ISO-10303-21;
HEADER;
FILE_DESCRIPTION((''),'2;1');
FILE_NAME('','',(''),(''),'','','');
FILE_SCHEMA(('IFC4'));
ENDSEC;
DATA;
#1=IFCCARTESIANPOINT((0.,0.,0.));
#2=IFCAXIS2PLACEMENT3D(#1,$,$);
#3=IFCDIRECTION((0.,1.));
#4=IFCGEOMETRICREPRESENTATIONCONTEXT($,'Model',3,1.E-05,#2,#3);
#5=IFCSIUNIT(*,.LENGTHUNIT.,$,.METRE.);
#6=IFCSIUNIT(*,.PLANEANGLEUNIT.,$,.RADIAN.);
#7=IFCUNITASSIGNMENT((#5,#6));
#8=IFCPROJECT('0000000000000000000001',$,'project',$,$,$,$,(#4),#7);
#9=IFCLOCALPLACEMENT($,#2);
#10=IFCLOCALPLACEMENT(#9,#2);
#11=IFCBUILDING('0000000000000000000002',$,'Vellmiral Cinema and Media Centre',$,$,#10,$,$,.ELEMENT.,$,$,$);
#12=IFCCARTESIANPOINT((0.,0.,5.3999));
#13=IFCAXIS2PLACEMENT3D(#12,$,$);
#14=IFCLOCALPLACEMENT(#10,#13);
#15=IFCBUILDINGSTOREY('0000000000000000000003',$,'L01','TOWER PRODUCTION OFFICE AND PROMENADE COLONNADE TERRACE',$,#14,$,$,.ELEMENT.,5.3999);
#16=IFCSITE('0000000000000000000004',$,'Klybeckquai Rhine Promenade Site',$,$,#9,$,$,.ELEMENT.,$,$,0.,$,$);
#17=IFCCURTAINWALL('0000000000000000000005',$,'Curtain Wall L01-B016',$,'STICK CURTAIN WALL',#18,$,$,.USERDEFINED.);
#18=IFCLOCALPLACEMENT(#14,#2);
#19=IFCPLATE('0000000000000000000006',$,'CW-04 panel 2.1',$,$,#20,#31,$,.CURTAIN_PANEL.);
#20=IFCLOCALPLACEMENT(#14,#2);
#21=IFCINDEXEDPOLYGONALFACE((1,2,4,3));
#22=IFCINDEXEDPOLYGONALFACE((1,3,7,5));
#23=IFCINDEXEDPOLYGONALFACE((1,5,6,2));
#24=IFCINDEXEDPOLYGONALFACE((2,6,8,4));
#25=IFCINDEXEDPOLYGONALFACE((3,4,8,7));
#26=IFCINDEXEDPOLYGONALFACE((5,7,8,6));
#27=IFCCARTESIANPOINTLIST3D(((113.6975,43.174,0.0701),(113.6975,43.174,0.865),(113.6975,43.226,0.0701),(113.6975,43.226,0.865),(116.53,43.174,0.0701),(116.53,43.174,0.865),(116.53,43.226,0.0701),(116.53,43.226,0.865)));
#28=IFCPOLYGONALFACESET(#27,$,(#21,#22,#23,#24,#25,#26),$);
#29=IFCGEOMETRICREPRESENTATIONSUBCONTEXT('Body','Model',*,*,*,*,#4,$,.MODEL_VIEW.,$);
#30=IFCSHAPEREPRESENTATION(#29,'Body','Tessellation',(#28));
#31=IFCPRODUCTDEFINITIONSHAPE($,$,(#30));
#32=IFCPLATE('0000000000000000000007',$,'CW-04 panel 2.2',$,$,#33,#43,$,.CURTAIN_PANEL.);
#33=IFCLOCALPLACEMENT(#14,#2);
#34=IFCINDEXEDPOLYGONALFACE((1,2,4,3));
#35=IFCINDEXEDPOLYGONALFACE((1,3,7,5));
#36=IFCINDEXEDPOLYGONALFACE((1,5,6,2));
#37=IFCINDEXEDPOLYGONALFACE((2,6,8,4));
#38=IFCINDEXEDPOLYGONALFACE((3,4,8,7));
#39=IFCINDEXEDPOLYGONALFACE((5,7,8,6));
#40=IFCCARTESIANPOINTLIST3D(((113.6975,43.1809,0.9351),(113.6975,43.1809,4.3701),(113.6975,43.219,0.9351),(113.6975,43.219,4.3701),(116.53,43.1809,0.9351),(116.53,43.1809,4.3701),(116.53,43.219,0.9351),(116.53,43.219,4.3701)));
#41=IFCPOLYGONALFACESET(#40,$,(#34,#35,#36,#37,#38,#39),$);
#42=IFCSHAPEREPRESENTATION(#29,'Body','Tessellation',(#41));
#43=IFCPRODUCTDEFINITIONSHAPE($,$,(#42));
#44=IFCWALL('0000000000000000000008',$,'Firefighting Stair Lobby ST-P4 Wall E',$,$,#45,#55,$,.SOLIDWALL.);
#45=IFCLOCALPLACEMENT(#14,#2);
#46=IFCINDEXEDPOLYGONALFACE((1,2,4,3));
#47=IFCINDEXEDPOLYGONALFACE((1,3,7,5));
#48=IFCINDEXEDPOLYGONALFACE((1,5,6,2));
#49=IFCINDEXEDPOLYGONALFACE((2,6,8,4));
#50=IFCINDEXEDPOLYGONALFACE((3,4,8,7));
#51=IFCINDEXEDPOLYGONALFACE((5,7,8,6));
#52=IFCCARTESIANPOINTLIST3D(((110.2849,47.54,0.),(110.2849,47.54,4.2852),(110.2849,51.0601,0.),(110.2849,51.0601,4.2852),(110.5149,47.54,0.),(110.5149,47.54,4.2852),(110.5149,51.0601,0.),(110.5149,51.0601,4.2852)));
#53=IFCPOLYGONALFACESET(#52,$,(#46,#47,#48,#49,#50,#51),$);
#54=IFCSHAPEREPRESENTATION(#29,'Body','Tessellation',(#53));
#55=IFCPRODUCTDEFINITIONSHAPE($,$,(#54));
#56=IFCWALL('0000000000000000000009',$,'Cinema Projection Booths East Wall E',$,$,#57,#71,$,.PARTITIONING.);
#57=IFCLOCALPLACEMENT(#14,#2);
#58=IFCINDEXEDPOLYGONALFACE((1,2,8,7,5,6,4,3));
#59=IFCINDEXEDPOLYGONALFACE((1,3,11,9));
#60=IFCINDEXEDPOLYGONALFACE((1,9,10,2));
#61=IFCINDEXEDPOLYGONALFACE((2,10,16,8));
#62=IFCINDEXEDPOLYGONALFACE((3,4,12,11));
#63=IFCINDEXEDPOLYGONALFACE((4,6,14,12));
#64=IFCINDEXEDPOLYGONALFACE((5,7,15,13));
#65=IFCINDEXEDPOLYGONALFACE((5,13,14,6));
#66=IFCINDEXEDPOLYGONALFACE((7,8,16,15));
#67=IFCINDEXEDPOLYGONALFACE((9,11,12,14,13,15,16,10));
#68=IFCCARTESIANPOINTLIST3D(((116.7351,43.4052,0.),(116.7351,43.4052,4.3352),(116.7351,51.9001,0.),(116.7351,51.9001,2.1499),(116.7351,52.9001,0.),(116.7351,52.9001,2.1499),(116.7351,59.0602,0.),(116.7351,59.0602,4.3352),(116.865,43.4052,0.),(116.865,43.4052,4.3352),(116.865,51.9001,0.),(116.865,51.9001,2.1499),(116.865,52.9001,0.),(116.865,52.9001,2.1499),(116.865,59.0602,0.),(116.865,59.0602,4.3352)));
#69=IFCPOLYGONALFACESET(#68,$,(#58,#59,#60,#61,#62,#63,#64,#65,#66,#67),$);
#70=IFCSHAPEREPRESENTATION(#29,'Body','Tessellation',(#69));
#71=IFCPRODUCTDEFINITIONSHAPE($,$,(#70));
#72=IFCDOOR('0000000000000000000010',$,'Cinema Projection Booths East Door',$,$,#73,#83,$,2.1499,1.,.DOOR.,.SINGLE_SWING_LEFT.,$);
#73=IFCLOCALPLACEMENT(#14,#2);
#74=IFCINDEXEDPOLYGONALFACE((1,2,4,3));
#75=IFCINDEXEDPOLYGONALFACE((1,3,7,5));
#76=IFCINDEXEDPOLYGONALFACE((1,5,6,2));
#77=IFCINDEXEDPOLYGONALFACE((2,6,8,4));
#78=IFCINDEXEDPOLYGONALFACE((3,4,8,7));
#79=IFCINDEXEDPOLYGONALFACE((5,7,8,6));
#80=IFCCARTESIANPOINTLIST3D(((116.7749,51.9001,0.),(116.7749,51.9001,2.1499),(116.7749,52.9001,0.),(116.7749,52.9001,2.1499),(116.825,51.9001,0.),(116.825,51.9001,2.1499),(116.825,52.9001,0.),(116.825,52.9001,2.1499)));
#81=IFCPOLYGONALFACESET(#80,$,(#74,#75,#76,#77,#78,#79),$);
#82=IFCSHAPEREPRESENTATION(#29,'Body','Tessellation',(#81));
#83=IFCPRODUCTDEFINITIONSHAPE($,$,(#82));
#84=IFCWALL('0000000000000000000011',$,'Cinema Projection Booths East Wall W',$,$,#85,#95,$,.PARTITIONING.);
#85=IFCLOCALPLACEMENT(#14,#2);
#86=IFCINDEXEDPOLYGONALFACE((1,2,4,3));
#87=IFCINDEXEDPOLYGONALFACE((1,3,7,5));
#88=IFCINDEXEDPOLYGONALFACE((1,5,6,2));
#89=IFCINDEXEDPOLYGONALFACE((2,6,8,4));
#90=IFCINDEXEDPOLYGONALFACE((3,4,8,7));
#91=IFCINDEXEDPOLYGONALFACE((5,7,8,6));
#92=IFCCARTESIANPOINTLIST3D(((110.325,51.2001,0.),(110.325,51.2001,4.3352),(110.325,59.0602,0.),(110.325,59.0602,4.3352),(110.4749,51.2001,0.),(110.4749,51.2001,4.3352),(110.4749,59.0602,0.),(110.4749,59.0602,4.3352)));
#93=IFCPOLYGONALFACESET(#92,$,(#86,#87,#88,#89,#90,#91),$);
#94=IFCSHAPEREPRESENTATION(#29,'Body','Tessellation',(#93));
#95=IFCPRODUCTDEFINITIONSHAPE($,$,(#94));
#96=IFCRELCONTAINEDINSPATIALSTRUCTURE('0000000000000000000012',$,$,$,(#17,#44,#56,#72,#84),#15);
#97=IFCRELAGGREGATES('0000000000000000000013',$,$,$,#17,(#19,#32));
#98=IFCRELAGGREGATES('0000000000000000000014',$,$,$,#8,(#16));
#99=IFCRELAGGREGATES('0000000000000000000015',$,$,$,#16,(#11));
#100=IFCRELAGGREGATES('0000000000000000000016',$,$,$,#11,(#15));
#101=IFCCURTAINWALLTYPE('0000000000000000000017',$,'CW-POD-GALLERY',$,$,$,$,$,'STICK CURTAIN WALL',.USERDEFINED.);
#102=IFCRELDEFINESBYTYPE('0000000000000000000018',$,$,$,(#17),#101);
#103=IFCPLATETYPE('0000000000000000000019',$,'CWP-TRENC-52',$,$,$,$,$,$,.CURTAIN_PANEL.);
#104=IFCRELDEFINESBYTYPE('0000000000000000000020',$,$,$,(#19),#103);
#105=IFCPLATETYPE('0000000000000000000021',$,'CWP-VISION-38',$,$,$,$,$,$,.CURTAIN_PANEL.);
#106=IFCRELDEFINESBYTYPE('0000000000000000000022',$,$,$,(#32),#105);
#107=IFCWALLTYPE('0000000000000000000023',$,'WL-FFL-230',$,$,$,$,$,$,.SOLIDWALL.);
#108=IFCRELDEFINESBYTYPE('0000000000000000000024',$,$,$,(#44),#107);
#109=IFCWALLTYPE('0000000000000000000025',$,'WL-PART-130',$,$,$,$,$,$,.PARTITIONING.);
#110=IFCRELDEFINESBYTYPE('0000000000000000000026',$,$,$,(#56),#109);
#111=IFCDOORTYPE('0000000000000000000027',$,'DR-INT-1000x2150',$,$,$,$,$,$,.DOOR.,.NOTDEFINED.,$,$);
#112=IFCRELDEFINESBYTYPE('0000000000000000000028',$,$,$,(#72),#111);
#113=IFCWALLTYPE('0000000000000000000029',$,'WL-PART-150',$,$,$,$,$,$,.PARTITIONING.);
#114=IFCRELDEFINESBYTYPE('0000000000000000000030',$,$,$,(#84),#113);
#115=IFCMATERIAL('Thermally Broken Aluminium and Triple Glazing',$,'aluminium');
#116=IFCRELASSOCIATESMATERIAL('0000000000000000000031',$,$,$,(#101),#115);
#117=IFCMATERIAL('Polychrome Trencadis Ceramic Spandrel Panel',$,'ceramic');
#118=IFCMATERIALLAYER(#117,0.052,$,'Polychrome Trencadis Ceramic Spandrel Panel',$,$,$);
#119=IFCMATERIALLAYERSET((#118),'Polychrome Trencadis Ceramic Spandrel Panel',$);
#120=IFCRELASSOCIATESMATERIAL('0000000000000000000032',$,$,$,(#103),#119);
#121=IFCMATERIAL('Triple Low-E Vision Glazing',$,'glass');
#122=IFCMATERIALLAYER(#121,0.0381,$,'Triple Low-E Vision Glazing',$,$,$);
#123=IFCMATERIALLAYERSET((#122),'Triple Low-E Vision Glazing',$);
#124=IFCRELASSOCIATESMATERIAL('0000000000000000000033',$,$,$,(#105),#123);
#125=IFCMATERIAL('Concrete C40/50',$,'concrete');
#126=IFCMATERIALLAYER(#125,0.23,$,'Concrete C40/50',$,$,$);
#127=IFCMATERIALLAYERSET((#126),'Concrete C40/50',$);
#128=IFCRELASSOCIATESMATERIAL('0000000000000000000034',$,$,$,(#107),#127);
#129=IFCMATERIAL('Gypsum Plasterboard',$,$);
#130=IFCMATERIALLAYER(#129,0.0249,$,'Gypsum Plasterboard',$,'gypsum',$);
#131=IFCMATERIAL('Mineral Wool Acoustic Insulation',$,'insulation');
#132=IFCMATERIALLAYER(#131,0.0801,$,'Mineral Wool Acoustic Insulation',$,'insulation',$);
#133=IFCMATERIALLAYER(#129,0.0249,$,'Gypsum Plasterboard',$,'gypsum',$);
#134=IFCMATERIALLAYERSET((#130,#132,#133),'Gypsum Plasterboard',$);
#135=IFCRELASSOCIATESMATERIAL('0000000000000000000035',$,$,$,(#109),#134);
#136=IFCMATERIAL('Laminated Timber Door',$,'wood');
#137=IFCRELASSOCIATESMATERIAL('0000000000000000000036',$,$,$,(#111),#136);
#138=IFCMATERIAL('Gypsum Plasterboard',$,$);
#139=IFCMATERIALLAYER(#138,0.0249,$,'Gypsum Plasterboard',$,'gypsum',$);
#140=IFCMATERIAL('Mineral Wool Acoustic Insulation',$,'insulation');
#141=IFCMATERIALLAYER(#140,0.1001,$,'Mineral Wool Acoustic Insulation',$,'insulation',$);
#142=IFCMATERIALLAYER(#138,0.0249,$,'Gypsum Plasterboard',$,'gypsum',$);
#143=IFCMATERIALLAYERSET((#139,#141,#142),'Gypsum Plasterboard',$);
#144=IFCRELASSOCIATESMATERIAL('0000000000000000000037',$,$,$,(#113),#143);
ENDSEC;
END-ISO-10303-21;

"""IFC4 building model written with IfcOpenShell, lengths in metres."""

from ifc_helpers import new_model, si_unit, direction, frame, frame_2d, origin, origin_2d, place, context, subcontext, project, spatial, rectangle, extrude, material, layer, layer_set, type_object, element, fill, aggregate, save


model = new_model("IFC4")

# Units and contexts
model_context = context("Model", 3, precision=1e-05, world=origin(), true_north=direction((0.0, 1.0)))
body_context = subcontext(model_context, "Body", "Model", "MODEL_VIEW")
ifc_project = project(units=[si_unit("LENGTHUNIT", "METRE"), si_unit("PLANEANGLEUNIT", "RADIAN")], contexts=[model_context])

# Site, building, storey
site_placement = place(None, origin())
site = spatial("IfcSite", under=ifc_project, at=site_placement, Name="Klybeckquai Rhine Promenade Site", CompositionType="ELEMENT", RefElevation=0.0)
building_placement = place(site_placement, origin())
building = spatial("IfcBuilding", under=site, at=building_placement, Name="Vellmiral Cinema and Media Centre", CompositionType="ELEMENT")
storey_placement = place(building_placement, frame((0.0, 0.0, 5.3999)))
storey = spatial("IfcBuildingStorey", under=building, at=storey_placement, Name="L01", Description="TOWER PRODUCTION OFFICE AND PROMENADE COLONNADE TERRACE", CompositionType="ELEMENT", Elevation=5.3999)

# Curtain wall, plates
ifc_material_1 = material(Name="Thermally Broken Aluminium and Triple Glazing", Category="aluminium")
curtain_wall_type = type_object("IfcCurtainWallType", Name="CW-POD-GALLERY", ElementType="STICK CURTAIN WALL", PredefinedType="USERDEFINED", material=ifc_material_1)
curtain_wall_placement = place(storey_placement, origin())
curtain_wall = element("IfcCurtainWall", 1, at=curtain_wall_placement, inside=storey, type_object=curtain_wall_type, Name="Curtain Wall L01-B016", ObjectType="STICK CURTAIN WALL", PredefinedType="USERDEFINED")
ifc_material_2 = material(Name="Polychrome Trencadis Ceramic Spandrel Panel", Category="ceramic")
ifc_layer_1 = layer(ifc_material_2, 0.052, Name="Polychrome Trencadis Ceramic Spandrel Panel")
ifc_layer_set_1 = layer_set([ifc_layer_1], Name="Polychrome Trencadis Ceramic Spandrel Panel")
plate_type_1 = type_object("IfcPlateType", Name="CWP-TRENC-52", PredefinedType="CURTAIN_PANEL", material=ifc_layer_set_1)
plate_1_placement = place(storey_placement, frame((115.1138, 43.2, 0.0701), z_axis=(0.0, 0.0, 1.0), x_axis=(1.0, 0.0, 0.0)))
plate_1 = element("IfcPlate", 2, at=plate_1_placement, type_object=plate_type_1, Name="CW-04 panel 2.1", PredefinedType="CURTAIN_PANEL", context=body_context, shape_type="SweptSolid", body=[
    extrude(rectangle(XDim=2.8325, YDim=0.052, at=origin_2d()), origin(), (0.0, 0.0, 1.0), 0.7949),
])
ifc_material_3 = material(Name="Triple Low-E Vision Glazing", Category="glass")
ifc_layer_2 = layer(ifc_material_3, 0.0381, Name="Triple Low-E Vision Glazing")
ifc_layer_set_2 = layer_set([ifc_layer_2], Name="Triple Low-E Vision Glazing")
plate_type_2 = type_object("IfcPlateType", Name="CWP-VISION-38", PredefinedType="CURTAIN_PANEL", material=ifc_layer_set_2)
plate_2_placement = place(storey_placement, frame((115.1138, 43.2, 0.9351), z_axis=(0.0, 0.0, 1.0), x_axis=(1.0, 0.0, 0.0)))
plate_2 = element("IfcPlate", 3, at=plate_2_placement, type_object=plate_type_2, Name="CW-04 panel 2.2", PredefinedType="CURTAIN_PANEL", context=body_context, shape_type="SweptSolid", body=[
    extrude(rectangle(XDim=2.8325, YDim=0.0381, at=origin_2d()), origin(), (0.0, 0.0, 1.0), 3.4351),
])
aggregate(curtain_wall, [plate_1, plate_2])

# Wall
ifc_material_4 = material(Name="Concrete C40/50", Category="concrete")
ifc_layer_3 = layer(ifc_material_4, 0.23, Name="Concrete C40/50")
ifc_layer_set_3 = layer_set([ifc_layer_3], Name="Concrete C40/50")
wall_type_1 = type_object("IfcWallType", Name="WL-FFL-230", PredefinedType="SOLIDWALL", material=ifc_layer_set_3)
wall_1_placement = place(storey_placement, frame((110.3999, 47.54, 0.0), z_axis=(0.0, 0.0, 1.0), x_axis=(0.0, 1.0, 0.0)))
element("IfcWall", 4, at=wall_1_placement, inside=storey, type_object=wall_type_1, Name="Firefighting Stair Lobby ST-P4 Wall E", PredefinedType="SOLIDWALL", context=body_context, shape_type="SweptSolid", body=[
    extrude(rectangle(XDim=3.52, YDim=0.23, at=frame_2d((1.76, 0.0))), origin(), (0.0, 0.0, 1.0), 4.2852),
])

# Wall, opening, door
ifc_material_5 = material(Name="Gypsum Plasterboard")
ifc_layer_4 = layer(ifc_material_5, 0.0249, Name="Gypsum Plasterboard", Category="gypsum")
ifc_material_6 = material(Name="Mineral Wool Acoustic Insulation", Category="insulation")
ifc_layer_5 = layer(ifc_material_6, 0.0801, Name="Mineral Wool Acoustic Insulation", Category="insulation")
ifc_layer_6 = layer(ifc_material_5, 0.0249, Name="Gypsum Plasterboard", Category="gypsum")
ifc_layer_set_4 = layer_set([ifc_layer_4, ifc_layer_5, ifc_layer_6], Name="Gypsum Plasterboard")
wall_type_2 = type_object("IfcWallType", Name="WL-PART-130", PredefinedType="PARTITIONING", material=ifc_layer_set_4)
wall_2_placement = place(storey_placement, frame((116.8, 43.405, 0.0), z_axis=(0.0, 0.0, 1.0), x_axis=(0.0, 1.0, 0.0)))
wall_2 = element("IfcWall", 5, at=wall_2_placement, inside=storey, type_object=wall_type_2, Name="Cinema Projection Booths East Wall E", PredefinedType="PARTITIONING", context=body_context, shape_type="SweptSolid", body=[
    extrude(rectangle(XDim=15.655, YDim=0.1299, at=frame_2d((7.8276, 0.0))), origin(), (0.0, 0.0, 1.0), 4.3352),
])
opening_placement = place(wall_2_placement, frame((8.4951, 0.0, 0.0)))
opening = element("IfcOpeningElement", 6, at=opening_placement, cuts=wall_2, PredefinedType="OPENING", context=body_context, shape_type="SweptSolid", body=[
    extrude(rectangle(XDim=1.0, YDim=2.1499, at=frame_2d((0.5, 1.075))), frame((0.0, 0.0769, 0.0), z_axis=(0.0, -1.0, 0.0), x_axis=(1.0, 0.0, 0.0)), (0.0, 0.0, 1.0), 0.1538),
])
ifc_material_7 = material(Name="Laminated Timber Door", Category="wood")
door_type = type_object("IfcDoorType", Name="DR-INT-1000x2150", OperationType="NOTDEFINED", PredefinedType="DOOR", material=ifc_material_7)
door_placement = place(opening_placement, frame((1.0, 0.0, 0.0), z_axis=(0.0, 0.0, 1.0), x_axis=(-1.0, 0.0, 0.0)))
door = element("IfcDoor", 7, at=door_placement, inside=storey, type_object=door_type, Name="Cinema Projection Booths East Door", OperationType="SINGLE_SWING_LEFT", OverallHeight=2.1499, OverallWidth=1.0, PredefinedType="DOOR", context=body_context, shape_type="SweptSolid", body=[
    extrude(rectangle(XDim=1.0, YDim=2.1499, at=frame_2d((0.5, 1.075))), frame((0.0, 0.0249, 0.0), z_axis=(0.0, -1.0, 0.0), x_axis=(1.0, 0.0, 0.0)), (0.0, 0.0, 1.0), 0.05),
])
fill(opening, door)

# Wall
ifc_material_8 = material(Name="Gypsum Plasterboard")
ifc_layer_7 = layer(ifc_material_8, 0.0249, Name="Gypsum Plasterboard", Category="gypsum")
ifc_material_9 = material(Name="Mineral Wool Acoustic Insulation", Category="insulation")
ifc_layer_8 = layer(ifc_material_9, 0.1001, Name="Mineral Wool Acoustic Insulation", Category="insulation")
ifc_layer_9 = layer(ifc_material_8, 0.0249, Name="Gypsum Plasterboard", Category="gypsum")
ifc_layer_set_5 = layer_set([ifc_layer_7, ifc_layer_8, ifc_layer_9], Name="Gypsum Plasterboard")
wall_type_3 = type_object("IfcWallType", Name="WL-PART-150", PredefinedType="PARTITIONING", material=ifc_layer_set_5)
wall_3_placement = place(storey_placement, frame((110.3999, 51.2, 0.0), z_axis=(0.0, 0.0, 1.0), x_axis=(0.0, 1.0, 0.0)))
element("IfcWall", 8, at=wall_3_placement, inside=storey, type_object=wall_type_3, Name="Cinema Projection Booths East Wall W", PredefinedType="PARTITIONING", context=body_context, shape_type="SweptSolid", body=[
    extrude(rectangle(XDim=7.8601, YDim=0.1499, at=frame_2d((3.9302, 0.0))), origin(), (0.0, 0.0, 1.0), 4.3352),
])

save(model, "model.ifc")
